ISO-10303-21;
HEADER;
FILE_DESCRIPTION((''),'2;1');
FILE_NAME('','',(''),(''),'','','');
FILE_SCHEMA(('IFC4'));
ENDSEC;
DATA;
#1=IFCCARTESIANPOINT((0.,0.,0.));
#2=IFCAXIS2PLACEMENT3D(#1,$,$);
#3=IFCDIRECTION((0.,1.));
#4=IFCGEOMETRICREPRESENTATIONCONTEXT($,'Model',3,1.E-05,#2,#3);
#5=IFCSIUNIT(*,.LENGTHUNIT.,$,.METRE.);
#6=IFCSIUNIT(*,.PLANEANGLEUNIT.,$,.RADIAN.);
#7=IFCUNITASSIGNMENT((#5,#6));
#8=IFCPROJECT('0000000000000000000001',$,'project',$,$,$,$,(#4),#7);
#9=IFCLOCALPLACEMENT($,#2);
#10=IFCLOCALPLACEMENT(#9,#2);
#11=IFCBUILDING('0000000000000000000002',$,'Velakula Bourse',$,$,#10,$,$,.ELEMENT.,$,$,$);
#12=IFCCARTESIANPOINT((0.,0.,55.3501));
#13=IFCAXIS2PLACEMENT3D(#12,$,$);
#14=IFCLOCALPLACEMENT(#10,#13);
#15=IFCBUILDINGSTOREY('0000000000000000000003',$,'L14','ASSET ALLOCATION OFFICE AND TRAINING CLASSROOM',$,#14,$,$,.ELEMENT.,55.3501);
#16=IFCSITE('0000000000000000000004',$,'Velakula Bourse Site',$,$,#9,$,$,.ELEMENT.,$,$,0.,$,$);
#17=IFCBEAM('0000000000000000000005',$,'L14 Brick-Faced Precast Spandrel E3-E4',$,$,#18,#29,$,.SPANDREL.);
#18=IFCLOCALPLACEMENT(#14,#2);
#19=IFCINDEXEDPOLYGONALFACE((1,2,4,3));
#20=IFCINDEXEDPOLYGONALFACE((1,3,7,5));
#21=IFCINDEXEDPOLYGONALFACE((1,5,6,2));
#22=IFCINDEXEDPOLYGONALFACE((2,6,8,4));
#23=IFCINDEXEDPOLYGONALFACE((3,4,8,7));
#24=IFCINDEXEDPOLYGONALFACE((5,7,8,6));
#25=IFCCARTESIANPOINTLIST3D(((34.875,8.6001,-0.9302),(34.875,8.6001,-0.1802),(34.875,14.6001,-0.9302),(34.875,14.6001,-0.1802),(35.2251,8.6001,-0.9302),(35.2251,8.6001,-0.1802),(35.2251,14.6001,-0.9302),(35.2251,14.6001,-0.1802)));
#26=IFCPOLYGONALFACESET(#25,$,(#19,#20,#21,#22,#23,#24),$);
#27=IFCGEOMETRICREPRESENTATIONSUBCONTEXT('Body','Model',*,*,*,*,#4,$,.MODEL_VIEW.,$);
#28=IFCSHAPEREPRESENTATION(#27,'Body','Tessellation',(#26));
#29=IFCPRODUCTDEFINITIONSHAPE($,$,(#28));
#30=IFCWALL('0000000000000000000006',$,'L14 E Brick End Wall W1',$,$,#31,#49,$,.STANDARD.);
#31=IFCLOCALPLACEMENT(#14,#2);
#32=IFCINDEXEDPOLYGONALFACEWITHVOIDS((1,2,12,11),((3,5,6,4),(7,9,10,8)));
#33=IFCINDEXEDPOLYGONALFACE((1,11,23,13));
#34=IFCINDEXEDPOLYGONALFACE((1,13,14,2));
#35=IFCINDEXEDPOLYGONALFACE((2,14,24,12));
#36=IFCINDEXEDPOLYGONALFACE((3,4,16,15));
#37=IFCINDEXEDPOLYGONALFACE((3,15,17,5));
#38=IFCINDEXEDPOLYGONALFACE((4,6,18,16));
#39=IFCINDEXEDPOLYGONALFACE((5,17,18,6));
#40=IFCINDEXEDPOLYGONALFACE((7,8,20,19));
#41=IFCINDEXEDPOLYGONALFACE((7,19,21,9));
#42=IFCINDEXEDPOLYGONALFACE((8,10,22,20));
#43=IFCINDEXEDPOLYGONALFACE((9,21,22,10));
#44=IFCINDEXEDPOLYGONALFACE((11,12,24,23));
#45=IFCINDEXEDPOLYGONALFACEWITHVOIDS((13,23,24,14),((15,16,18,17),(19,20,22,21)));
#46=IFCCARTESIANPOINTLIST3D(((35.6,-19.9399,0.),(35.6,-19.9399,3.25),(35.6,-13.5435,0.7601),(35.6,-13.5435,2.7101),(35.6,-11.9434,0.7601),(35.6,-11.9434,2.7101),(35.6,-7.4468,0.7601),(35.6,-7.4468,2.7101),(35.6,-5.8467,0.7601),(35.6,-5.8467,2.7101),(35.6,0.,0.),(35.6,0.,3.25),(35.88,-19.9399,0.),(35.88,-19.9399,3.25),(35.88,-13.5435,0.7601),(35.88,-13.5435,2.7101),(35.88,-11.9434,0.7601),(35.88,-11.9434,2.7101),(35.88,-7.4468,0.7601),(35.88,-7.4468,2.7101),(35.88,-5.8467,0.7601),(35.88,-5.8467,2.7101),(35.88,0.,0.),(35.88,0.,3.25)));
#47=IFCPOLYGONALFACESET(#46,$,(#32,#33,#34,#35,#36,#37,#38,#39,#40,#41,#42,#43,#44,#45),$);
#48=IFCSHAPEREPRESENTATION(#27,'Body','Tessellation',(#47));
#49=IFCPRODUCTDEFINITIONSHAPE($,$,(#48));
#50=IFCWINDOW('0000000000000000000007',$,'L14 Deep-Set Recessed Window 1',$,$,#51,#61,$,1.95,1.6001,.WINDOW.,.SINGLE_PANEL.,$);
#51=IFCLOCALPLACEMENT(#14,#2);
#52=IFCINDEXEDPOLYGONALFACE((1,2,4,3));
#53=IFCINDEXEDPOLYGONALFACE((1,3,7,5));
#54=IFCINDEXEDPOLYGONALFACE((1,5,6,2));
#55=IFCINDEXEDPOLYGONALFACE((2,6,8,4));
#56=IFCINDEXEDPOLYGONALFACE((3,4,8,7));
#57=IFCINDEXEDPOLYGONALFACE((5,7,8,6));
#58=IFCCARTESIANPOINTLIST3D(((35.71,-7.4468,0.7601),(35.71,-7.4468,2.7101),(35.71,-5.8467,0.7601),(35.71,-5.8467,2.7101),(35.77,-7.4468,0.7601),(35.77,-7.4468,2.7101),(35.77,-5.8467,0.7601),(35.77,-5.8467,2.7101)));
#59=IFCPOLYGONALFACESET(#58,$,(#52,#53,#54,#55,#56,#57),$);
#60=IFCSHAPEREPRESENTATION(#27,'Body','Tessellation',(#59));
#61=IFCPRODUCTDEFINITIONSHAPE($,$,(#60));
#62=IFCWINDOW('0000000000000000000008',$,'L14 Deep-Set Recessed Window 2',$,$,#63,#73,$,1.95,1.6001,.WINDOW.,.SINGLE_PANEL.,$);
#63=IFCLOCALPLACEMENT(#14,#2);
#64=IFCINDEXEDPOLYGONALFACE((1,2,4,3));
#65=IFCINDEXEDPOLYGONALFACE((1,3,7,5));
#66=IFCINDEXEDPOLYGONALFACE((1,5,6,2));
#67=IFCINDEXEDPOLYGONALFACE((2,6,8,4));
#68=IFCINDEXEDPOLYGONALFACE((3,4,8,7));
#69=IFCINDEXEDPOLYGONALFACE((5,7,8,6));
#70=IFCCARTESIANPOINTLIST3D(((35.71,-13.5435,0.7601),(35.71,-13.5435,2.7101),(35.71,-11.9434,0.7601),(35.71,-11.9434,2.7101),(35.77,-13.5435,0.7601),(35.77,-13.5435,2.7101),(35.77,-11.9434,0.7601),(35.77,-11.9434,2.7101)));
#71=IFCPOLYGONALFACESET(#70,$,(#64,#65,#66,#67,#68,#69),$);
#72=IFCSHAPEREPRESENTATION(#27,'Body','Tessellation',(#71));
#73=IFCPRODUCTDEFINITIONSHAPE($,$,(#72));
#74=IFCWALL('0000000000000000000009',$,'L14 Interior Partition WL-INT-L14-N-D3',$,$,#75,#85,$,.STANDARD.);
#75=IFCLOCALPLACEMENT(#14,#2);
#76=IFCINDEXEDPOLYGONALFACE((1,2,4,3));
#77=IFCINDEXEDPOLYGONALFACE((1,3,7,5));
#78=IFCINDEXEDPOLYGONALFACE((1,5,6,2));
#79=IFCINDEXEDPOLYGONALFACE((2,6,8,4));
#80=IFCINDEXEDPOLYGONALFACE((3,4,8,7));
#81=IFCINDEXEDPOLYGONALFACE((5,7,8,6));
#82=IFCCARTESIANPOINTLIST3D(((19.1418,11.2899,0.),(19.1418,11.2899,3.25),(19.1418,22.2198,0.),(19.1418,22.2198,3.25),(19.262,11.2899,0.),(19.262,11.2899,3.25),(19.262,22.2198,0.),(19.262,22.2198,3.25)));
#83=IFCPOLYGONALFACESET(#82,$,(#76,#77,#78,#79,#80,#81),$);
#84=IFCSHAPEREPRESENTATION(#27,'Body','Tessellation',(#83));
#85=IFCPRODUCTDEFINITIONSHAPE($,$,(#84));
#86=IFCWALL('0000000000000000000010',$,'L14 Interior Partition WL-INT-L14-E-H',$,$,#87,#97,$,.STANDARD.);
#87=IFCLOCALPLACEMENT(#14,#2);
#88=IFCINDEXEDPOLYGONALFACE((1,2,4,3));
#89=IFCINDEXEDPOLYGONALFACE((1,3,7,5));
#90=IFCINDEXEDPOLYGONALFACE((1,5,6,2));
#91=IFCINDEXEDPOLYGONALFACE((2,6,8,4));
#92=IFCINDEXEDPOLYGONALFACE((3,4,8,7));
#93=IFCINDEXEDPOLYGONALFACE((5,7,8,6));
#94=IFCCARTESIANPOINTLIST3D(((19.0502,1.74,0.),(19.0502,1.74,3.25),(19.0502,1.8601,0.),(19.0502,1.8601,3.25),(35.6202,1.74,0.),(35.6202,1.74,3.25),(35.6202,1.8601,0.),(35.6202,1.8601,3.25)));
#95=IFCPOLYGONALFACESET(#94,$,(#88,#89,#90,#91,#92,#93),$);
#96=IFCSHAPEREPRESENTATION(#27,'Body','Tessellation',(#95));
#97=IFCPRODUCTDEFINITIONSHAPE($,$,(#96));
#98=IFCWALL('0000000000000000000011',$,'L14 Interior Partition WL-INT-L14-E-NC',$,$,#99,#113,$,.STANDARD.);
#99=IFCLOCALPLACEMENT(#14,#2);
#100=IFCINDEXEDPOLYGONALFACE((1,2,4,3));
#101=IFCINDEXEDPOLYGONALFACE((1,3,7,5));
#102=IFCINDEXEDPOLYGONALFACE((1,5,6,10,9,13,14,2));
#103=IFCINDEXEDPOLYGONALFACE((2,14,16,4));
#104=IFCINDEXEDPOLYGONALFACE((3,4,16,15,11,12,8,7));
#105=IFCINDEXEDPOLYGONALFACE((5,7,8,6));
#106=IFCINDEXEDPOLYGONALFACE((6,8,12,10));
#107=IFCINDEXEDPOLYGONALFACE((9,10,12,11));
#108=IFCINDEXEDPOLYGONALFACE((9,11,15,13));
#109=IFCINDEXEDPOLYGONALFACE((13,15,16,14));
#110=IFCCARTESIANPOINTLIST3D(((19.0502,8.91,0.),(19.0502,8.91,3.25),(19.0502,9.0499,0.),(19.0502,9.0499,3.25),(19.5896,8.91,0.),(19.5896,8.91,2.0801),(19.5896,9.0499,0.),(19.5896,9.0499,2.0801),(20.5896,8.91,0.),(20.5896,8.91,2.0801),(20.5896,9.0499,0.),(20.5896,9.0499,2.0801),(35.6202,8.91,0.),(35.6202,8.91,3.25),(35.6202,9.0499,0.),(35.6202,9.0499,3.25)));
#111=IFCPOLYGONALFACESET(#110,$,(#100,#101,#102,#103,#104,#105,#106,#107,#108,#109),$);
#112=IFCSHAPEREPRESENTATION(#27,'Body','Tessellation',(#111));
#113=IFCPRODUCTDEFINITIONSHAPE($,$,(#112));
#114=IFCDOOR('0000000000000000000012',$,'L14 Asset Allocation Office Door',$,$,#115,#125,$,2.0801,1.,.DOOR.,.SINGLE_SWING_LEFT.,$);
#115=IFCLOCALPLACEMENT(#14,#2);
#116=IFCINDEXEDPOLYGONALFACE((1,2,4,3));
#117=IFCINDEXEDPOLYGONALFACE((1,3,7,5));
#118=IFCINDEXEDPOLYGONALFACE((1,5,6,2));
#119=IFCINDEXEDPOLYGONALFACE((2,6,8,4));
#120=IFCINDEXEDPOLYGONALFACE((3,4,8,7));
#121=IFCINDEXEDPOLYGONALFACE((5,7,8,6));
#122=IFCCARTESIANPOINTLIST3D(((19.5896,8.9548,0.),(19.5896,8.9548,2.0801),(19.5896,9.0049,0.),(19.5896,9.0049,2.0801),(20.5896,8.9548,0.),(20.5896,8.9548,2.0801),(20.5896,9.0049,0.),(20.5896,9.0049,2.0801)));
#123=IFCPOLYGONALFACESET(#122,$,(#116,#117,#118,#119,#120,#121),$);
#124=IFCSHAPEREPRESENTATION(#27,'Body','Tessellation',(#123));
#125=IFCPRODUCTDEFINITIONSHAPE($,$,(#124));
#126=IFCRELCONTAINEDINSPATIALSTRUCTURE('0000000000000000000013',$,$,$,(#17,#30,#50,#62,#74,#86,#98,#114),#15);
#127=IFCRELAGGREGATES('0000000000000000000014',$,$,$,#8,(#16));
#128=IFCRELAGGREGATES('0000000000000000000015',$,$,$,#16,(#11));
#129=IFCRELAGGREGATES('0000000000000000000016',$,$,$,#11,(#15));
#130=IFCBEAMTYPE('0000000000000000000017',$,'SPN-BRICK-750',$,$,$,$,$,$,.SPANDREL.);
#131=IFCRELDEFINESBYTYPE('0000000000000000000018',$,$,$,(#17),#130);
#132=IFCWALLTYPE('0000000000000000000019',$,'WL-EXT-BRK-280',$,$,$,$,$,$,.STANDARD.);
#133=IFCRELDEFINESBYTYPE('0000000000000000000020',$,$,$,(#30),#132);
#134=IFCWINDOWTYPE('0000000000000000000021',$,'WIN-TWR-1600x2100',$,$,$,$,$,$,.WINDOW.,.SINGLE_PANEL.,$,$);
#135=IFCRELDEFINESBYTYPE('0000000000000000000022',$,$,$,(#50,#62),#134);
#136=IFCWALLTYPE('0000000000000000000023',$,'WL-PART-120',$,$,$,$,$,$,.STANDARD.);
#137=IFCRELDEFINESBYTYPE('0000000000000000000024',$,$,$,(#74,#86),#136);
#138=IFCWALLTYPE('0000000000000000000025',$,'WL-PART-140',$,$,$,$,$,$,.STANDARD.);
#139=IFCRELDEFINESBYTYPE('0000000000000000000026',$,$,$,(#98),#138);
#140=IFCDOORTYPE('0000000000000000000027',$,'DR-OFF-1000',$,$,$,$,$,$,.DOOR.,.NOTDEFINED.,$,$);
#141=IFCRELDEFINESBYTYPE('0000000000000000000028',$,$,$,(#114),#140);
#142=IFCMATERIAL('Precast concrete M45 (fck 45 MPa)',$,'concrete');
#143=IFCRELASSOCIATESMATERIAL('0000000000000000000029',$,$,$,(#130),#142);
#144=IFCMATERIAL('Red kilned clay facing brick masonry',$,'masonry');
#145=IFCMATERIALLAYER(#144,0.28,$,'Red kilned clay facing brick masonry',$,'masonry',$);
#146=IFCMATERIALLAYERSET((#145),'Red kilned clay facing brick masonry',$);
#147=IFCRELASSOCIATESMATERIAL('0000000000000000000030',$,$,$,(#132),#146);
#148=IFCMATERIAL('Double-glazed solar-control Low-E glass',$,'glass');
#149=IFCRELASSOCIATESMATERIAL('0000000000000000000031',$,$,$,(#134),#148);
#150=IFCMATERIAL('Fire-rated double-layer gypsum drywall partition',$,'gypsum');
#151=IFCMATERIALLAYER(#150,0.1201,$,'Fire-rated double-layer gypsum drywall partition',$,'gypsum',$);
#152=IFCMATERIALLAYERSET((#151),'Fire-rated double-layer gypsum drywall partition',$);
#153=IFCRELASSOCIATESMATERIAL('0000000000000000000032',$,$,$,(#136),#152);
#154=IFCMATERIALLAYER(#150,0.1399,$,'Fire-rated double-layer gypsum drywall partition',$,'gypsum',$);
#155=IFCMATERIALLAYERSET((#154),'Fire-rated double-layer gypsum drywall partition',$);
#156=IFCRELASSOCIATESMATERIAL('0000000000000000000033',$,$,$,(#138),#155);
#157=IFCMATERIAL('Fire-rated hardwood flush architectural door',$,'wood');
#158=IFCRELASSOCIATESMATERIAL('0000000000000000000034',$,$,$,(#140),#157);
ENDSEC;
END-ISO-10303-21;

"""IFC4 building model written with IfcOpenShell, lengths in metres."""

from ifc_helpers import new_model, si_unit, direction, frame, frame_2d, origin, origin_2d, place, context, subcontext, project, spatial, rectangle, extrude, material, layer, layer_set, material_profile, profile_set, type_object, element, fill, save


model = new_model("IFC4")

# Units and contexts
model_context = context("Model", 3, precision=1e-05, world=origin(), true_north=direction((0.0, 1.0)))
body_context = subcontext(model_context, "Body", "Model", "MODEL_VIEW")
ifc_project = project(units=[si_unit("LENGTHUNIT", "METRE"), si_unit("PLANEANGLEUNIT", "RADIAN")], contexts=[model_context])

# Site, building, storey
site_placement = place(None, origin())
site = spatial("IfcSite", under=ifc_project, at=site_placement, Name="Velakula Bourse Site", CompositionType="ELEMENT", RefElevation=0.0)
building_placement = place(site_placement, origin())
building = spatial("IfcBuilding", under=site, at=building_placement, Name="Velakula Bourse", CompositionType="ELEMENT")
storey_placement = place(building_placement, frame((0.0, 0.0, 55.3501)))
storey = spatial("IfcBuildingStorey", under=building, at=storey_placement, Name="L14", Description="ASSET ALLOCATION OFFICE AND TRAINING CLASSROOM", CompositionType="ELEMENT", Elevation=55.3501)

# Beam
ifc_material_1 = material(Name="Precast concrete M45 (fck 45 MPa)", Category="concrete")
ifc_material_profile_1 = material_profile(ifc_material_1, rectangle(XDim=0.3501, YDim=0.75, at=origin_2d()), Name="Precast concrete M45 (fck 45 MPa)")
ifc_profile_set_1 = profile_set([ifc_material_profile_1], Name="Precast concrete M45 (fck 45 MPa)")
beam_type_1 = type_object("IfcBeamType", Name="SPN-BRICK-750", PredefinedType="SPANDREL", material=ifc_profile_set_1)
beam_1_placement = place(storey_placement, frame((35.05, 8.6001, -0.5552), z_axis=(0.0, 1.0, 0.0), x_axis=(-1.0, 0.0, 0.0)))
element("IfcBeam", 1, at=beam_1_placement, inside=storey, type_object=beam_type_1, Name="L14 Brick-Faced Precast Spandrel E3-E4", PredefinedType="SPANDREL", context=body_context, shape_type="SweptSolid", body=[
    extrude(rectangle(XDim=0.3501, YDim=0.75, at=origin_2d()), origin(), (0.0, 0.0, 1.0), 6.0),
])

# Wall, openings, windows
ifc_material_2 = material(Name="Red kilned clay facing brick masonry", Category="masonry")
ifc_layer_1 = layer(ifc_material_2, 0.28, Name="Red kilned clay facing brick masonry", Category="masonry")
ifc_layer_set_1 = layer_set([ifc_layer_1], Name="Red kilned clay facing brick masonry")
wall_type_1 = type_object("IfcWallType", Name="WL-EXT-BRK-280", PredefinedType="STANDARD", material=ifc_layer_set_1)
wall_1_placement = place(storey_placement, frame((35.74, 0.0, 0.0), z_axis=(0.0, 0.0, 1.0), x_axis=(0.0, -1.0, 0.0)))
wall_1 = element("IfcWall", 2, at=wall_1_placement, inside=storey, type_object=wall_type_1, Name="L14 E Brick End Wall W1", PredefinedType="STANDARD", context=body_context, shape_type="SweptSolid", body=[
    extrude(rectangle(XDim=19.9399, YDim=0.28, at=frame_2d((9.97, 0.0))), origin(), (0.0, 0.0, 1.0), 3.25),
])
opening_1_placement = place(wall_1_placement, frame((5.8467, 0.0, 0.76)))
opening_1 = element("IfcOpeningElement", 3, at=opening_1_placement, cuts=wall_1, PredefinedType="OPENING", context=body_context, shape_type="SweptSolid", body=[
    extrude(rectangle(XDim=1.6001, YDim=1.95, at=frame_2d((0.8, 0.9751))), frame((0.0, 0.1499, 0.0), z_axis=(0.0, -1.0, 0.0), x_axis=(1.0, 0.0, 0.0)), (0.0, 0.0, 1.0), 0.3),
])
opening_2_placement = place(wall_1_placement, frame((11.9434, 0.0, 0.76)))
opening_2 = element("IfcOpeningElement", 4, at=opening_2_placement, cuts=wall_1, PredefinedType="OPENING", context=body_context, shape_type="SweptSolid", body=[
    extrude(rectangle(XDim=1.6001, YDim=1.95, at=frame_2d((0.8, 0.9751))), frame((0.0, 0.1499, 0.0), z_axis=(0.0, -1.0, 0.0), x_axis=(1.0, 0.0, 0.0)), (0.0, 0.0, 1.0), 0.3),
])
ifc_material_3 = material(Name="Double-glazed solar-control Low-E glass", Category="glass")
window_type = type_object("IfcWindowType", Name="WIN-TWR-1600x2100", PartitioningType="SINGLE_PANEL", PredefinedType="WINDOW", material=ifc_material_3)
window_1_placement = place(opening_1_placement, origin())
window_1 = element("IfcWindow", 5, at=window_1_placement, inside=storey, type_object=window_type, Name="L14 Deep-Set Recessed Window 1", OverallHeight=1.95, OverallWidth=1.6001, PartitioningType="SINGLE_PANEL", PredefinedType="WINDOW", context=body_context, shape_type="SweptSolid", body=[
    extrude(rectangle(XDim=1.6001, YDim=1.95, at=frame_2d((0.8, 0.9751))), frame((0.0, 0.03, 0.0), z_axis=(0.0, -1.0, 0.0), x_axis=(1.0, 0.0, 0.0)), (0.0, 0.0, 1.0), 0.0601),
])
fill(opening_1, window_1)
window_2_placement = place(opening_2_placement, origin())
window_2 = element("IfcWindow", 6, at=window_2_placement, inside=storey, type_object=window_type, Name="L14 Deep-Set Recessed Window 2", OverallHeight=1.95, OverallWidth=1.6001, PartitioningType="SINGLE_PANEL", PredefinedType="WINDOW", context=body_context, shape_type="SweptSolid", body=[
    extrude(rectangle(XDim=1.6001, YDim=1.95, at=frame_2d((0.8, 0.9751))), frame((0.0, 0.03, 0.0), z_axis=(0.0, -1.0, 0.0), x_axis=(1.0, 0.0, 0.0)), (0.0, 0.0, 1.0), 0.0601),
])
fill(opening_2, window_2)

# Walls
ifc_material_4 = material(Name="Fire-rated double-layer gypsum drywall partition", Category="gypsum")
ifc_layer_2 = layer(ifc_material_4, 0.1201, Name="Fire-rated double-layer gypsum drywall partition", Category="gypsum")
ifc_layer_set_2 = layer_set([ifc_layer_2], Name="Fire-rated double-layer gypsum drywall partition")
wall_type_2 = type_object("IfcWallType", Name="WL-PART-120", PredefinedType="STANDARD", material=ifc_layer_set_2)
wall_2_placement = place(storey_placement, frame((19.2019, 11.29, 0.0), z_axis=(0.0, 0.0, 1.0), x_axis=(0.0, 1.0, 0.0)))
element("IfcWall", 7, at=wall_2_placement, inside=storey, type_object=wall_type_2, Name="L14 Interior Partition WL-INT-L14-N-D3", PredefinedType="STANDARD", context=body_context, shape_type="SweptSolid", body=[
    extrude(rectangle(XDim=10.9299, YDim=0.1201, at=frame_2d((5.4648, 0.0))), origin(), (0.0, 0.0, 1.0), 3.25),
])
wall_3_placement = place(storey_placement, frame((19.05, 1.8, 0.0), z_axis=(0.0, 0.0, 1.0), x_axis=(1.0, 0.0, 0.0)))
element("IfcWall", 8, at=wall_3_placement, inside=storey, type_object=wall_type_2, Name="L14 Interior Partition WL-INT-L14-E-H", PredefinedType="STANDARD", context=body_context, shape_type="SweptSolid", body=[
    extrude(rectangle(XDim=16.5701, YDim=0.1201, at=frame_2d((8.2852, 0.0))), origin(), (0.0, 0.0, 1.0), 3.25),
])

# Wall, opening, door
ifc_layer_3 = layer(ifc_material_4, 0.1399, Name="Fire-rated double-layer gypsum drywall partition", Category="gypsum")
ifc_layer_set_3 = layer_set([ifc_layer_3], Name="Fire-rated double-layer gypsum drywall partition")
wall_type_3 = type_object("IfcWallType", Name="WL-PART-140", PredefinedType="STANDARD", material=ifc_layer_set_3)
wall_4_placement = place(storey_placement, frame((19.05, 8.98, 0.0), z_axis=(0.0, 0.0, 1.0), x_axis=(1.0, 0.0, 0.0)))
wall_4 = element("IfcWall", 9, at=wall_4_placement, inside=storey, type_object=wall_type_3, Name="L14 Interior Partition WL-INT-L14-E-NC", PredefinedType="STANDARD", context=body_context, shape_type="SweptSolid", body=[
    extrude(rectangle(XDim=16.5701, YDim=0.1399, at=frame_2d((8.2852, 0.0))), origin(), (0.0, 0.0, 1.0), 3.25),
])
opening_3_placement = place(wall_4_placement, frame((0.5396, 0.0, 0.0)))
opening_3 = element("IfcOpeningElement", 10, at=opening_3_placement, cuts=wall_4, PredefinedType="OPENING", context=body_context, shape_type="SweptSolid", body=[
    extrude(rectangle(XDim=1.0, YDim=2.0801, at=frame_2d((0.5, 1.04))), frame((0.0, 0.0798, 0.0), z_axis=(0.0, -1.0, 0.0), x_axis=(1.0, 0.0, 0.0)), (0.0, 0.0, 1.0), 0.1599),
])
ifc_material_5 = material(Name="Fire-rated hardwood flush architectural door", Category="wood")
door_type = type_object("IfcDoorType", Name="DR-OFF-1000", OperationType="NOTDEFINED", PredefinedType="DOOR", material=ifc_material_5)
door_placement = place(opening_3_placement, origin())
door = element("IfcDoor", 11, at=door_placement, inside=storey, type_object=door_type, Name="L14 Asset Allocation Office Door", OperationType="SINGLE_SWING_LEFT", OverallHeight=2.0801, OverallWidth=1.0, PredefinedType="DOOR", context=body_context, shape_type="SweptSolid", body=[
    extrude(rectangle(XDim=1.0, YDim=2.0801, at=frame_2d((0.5, 1.04))), frame((0.0, 0.0249, 0.0), z_axis=(0.0, -1.0, 0.0), x_axis=(1.0, 0.0, 0.0)), (0.0, 0.0, 1.0), 0.05),
])
fill(opening_3, door)

save(model, "model.ifc")
